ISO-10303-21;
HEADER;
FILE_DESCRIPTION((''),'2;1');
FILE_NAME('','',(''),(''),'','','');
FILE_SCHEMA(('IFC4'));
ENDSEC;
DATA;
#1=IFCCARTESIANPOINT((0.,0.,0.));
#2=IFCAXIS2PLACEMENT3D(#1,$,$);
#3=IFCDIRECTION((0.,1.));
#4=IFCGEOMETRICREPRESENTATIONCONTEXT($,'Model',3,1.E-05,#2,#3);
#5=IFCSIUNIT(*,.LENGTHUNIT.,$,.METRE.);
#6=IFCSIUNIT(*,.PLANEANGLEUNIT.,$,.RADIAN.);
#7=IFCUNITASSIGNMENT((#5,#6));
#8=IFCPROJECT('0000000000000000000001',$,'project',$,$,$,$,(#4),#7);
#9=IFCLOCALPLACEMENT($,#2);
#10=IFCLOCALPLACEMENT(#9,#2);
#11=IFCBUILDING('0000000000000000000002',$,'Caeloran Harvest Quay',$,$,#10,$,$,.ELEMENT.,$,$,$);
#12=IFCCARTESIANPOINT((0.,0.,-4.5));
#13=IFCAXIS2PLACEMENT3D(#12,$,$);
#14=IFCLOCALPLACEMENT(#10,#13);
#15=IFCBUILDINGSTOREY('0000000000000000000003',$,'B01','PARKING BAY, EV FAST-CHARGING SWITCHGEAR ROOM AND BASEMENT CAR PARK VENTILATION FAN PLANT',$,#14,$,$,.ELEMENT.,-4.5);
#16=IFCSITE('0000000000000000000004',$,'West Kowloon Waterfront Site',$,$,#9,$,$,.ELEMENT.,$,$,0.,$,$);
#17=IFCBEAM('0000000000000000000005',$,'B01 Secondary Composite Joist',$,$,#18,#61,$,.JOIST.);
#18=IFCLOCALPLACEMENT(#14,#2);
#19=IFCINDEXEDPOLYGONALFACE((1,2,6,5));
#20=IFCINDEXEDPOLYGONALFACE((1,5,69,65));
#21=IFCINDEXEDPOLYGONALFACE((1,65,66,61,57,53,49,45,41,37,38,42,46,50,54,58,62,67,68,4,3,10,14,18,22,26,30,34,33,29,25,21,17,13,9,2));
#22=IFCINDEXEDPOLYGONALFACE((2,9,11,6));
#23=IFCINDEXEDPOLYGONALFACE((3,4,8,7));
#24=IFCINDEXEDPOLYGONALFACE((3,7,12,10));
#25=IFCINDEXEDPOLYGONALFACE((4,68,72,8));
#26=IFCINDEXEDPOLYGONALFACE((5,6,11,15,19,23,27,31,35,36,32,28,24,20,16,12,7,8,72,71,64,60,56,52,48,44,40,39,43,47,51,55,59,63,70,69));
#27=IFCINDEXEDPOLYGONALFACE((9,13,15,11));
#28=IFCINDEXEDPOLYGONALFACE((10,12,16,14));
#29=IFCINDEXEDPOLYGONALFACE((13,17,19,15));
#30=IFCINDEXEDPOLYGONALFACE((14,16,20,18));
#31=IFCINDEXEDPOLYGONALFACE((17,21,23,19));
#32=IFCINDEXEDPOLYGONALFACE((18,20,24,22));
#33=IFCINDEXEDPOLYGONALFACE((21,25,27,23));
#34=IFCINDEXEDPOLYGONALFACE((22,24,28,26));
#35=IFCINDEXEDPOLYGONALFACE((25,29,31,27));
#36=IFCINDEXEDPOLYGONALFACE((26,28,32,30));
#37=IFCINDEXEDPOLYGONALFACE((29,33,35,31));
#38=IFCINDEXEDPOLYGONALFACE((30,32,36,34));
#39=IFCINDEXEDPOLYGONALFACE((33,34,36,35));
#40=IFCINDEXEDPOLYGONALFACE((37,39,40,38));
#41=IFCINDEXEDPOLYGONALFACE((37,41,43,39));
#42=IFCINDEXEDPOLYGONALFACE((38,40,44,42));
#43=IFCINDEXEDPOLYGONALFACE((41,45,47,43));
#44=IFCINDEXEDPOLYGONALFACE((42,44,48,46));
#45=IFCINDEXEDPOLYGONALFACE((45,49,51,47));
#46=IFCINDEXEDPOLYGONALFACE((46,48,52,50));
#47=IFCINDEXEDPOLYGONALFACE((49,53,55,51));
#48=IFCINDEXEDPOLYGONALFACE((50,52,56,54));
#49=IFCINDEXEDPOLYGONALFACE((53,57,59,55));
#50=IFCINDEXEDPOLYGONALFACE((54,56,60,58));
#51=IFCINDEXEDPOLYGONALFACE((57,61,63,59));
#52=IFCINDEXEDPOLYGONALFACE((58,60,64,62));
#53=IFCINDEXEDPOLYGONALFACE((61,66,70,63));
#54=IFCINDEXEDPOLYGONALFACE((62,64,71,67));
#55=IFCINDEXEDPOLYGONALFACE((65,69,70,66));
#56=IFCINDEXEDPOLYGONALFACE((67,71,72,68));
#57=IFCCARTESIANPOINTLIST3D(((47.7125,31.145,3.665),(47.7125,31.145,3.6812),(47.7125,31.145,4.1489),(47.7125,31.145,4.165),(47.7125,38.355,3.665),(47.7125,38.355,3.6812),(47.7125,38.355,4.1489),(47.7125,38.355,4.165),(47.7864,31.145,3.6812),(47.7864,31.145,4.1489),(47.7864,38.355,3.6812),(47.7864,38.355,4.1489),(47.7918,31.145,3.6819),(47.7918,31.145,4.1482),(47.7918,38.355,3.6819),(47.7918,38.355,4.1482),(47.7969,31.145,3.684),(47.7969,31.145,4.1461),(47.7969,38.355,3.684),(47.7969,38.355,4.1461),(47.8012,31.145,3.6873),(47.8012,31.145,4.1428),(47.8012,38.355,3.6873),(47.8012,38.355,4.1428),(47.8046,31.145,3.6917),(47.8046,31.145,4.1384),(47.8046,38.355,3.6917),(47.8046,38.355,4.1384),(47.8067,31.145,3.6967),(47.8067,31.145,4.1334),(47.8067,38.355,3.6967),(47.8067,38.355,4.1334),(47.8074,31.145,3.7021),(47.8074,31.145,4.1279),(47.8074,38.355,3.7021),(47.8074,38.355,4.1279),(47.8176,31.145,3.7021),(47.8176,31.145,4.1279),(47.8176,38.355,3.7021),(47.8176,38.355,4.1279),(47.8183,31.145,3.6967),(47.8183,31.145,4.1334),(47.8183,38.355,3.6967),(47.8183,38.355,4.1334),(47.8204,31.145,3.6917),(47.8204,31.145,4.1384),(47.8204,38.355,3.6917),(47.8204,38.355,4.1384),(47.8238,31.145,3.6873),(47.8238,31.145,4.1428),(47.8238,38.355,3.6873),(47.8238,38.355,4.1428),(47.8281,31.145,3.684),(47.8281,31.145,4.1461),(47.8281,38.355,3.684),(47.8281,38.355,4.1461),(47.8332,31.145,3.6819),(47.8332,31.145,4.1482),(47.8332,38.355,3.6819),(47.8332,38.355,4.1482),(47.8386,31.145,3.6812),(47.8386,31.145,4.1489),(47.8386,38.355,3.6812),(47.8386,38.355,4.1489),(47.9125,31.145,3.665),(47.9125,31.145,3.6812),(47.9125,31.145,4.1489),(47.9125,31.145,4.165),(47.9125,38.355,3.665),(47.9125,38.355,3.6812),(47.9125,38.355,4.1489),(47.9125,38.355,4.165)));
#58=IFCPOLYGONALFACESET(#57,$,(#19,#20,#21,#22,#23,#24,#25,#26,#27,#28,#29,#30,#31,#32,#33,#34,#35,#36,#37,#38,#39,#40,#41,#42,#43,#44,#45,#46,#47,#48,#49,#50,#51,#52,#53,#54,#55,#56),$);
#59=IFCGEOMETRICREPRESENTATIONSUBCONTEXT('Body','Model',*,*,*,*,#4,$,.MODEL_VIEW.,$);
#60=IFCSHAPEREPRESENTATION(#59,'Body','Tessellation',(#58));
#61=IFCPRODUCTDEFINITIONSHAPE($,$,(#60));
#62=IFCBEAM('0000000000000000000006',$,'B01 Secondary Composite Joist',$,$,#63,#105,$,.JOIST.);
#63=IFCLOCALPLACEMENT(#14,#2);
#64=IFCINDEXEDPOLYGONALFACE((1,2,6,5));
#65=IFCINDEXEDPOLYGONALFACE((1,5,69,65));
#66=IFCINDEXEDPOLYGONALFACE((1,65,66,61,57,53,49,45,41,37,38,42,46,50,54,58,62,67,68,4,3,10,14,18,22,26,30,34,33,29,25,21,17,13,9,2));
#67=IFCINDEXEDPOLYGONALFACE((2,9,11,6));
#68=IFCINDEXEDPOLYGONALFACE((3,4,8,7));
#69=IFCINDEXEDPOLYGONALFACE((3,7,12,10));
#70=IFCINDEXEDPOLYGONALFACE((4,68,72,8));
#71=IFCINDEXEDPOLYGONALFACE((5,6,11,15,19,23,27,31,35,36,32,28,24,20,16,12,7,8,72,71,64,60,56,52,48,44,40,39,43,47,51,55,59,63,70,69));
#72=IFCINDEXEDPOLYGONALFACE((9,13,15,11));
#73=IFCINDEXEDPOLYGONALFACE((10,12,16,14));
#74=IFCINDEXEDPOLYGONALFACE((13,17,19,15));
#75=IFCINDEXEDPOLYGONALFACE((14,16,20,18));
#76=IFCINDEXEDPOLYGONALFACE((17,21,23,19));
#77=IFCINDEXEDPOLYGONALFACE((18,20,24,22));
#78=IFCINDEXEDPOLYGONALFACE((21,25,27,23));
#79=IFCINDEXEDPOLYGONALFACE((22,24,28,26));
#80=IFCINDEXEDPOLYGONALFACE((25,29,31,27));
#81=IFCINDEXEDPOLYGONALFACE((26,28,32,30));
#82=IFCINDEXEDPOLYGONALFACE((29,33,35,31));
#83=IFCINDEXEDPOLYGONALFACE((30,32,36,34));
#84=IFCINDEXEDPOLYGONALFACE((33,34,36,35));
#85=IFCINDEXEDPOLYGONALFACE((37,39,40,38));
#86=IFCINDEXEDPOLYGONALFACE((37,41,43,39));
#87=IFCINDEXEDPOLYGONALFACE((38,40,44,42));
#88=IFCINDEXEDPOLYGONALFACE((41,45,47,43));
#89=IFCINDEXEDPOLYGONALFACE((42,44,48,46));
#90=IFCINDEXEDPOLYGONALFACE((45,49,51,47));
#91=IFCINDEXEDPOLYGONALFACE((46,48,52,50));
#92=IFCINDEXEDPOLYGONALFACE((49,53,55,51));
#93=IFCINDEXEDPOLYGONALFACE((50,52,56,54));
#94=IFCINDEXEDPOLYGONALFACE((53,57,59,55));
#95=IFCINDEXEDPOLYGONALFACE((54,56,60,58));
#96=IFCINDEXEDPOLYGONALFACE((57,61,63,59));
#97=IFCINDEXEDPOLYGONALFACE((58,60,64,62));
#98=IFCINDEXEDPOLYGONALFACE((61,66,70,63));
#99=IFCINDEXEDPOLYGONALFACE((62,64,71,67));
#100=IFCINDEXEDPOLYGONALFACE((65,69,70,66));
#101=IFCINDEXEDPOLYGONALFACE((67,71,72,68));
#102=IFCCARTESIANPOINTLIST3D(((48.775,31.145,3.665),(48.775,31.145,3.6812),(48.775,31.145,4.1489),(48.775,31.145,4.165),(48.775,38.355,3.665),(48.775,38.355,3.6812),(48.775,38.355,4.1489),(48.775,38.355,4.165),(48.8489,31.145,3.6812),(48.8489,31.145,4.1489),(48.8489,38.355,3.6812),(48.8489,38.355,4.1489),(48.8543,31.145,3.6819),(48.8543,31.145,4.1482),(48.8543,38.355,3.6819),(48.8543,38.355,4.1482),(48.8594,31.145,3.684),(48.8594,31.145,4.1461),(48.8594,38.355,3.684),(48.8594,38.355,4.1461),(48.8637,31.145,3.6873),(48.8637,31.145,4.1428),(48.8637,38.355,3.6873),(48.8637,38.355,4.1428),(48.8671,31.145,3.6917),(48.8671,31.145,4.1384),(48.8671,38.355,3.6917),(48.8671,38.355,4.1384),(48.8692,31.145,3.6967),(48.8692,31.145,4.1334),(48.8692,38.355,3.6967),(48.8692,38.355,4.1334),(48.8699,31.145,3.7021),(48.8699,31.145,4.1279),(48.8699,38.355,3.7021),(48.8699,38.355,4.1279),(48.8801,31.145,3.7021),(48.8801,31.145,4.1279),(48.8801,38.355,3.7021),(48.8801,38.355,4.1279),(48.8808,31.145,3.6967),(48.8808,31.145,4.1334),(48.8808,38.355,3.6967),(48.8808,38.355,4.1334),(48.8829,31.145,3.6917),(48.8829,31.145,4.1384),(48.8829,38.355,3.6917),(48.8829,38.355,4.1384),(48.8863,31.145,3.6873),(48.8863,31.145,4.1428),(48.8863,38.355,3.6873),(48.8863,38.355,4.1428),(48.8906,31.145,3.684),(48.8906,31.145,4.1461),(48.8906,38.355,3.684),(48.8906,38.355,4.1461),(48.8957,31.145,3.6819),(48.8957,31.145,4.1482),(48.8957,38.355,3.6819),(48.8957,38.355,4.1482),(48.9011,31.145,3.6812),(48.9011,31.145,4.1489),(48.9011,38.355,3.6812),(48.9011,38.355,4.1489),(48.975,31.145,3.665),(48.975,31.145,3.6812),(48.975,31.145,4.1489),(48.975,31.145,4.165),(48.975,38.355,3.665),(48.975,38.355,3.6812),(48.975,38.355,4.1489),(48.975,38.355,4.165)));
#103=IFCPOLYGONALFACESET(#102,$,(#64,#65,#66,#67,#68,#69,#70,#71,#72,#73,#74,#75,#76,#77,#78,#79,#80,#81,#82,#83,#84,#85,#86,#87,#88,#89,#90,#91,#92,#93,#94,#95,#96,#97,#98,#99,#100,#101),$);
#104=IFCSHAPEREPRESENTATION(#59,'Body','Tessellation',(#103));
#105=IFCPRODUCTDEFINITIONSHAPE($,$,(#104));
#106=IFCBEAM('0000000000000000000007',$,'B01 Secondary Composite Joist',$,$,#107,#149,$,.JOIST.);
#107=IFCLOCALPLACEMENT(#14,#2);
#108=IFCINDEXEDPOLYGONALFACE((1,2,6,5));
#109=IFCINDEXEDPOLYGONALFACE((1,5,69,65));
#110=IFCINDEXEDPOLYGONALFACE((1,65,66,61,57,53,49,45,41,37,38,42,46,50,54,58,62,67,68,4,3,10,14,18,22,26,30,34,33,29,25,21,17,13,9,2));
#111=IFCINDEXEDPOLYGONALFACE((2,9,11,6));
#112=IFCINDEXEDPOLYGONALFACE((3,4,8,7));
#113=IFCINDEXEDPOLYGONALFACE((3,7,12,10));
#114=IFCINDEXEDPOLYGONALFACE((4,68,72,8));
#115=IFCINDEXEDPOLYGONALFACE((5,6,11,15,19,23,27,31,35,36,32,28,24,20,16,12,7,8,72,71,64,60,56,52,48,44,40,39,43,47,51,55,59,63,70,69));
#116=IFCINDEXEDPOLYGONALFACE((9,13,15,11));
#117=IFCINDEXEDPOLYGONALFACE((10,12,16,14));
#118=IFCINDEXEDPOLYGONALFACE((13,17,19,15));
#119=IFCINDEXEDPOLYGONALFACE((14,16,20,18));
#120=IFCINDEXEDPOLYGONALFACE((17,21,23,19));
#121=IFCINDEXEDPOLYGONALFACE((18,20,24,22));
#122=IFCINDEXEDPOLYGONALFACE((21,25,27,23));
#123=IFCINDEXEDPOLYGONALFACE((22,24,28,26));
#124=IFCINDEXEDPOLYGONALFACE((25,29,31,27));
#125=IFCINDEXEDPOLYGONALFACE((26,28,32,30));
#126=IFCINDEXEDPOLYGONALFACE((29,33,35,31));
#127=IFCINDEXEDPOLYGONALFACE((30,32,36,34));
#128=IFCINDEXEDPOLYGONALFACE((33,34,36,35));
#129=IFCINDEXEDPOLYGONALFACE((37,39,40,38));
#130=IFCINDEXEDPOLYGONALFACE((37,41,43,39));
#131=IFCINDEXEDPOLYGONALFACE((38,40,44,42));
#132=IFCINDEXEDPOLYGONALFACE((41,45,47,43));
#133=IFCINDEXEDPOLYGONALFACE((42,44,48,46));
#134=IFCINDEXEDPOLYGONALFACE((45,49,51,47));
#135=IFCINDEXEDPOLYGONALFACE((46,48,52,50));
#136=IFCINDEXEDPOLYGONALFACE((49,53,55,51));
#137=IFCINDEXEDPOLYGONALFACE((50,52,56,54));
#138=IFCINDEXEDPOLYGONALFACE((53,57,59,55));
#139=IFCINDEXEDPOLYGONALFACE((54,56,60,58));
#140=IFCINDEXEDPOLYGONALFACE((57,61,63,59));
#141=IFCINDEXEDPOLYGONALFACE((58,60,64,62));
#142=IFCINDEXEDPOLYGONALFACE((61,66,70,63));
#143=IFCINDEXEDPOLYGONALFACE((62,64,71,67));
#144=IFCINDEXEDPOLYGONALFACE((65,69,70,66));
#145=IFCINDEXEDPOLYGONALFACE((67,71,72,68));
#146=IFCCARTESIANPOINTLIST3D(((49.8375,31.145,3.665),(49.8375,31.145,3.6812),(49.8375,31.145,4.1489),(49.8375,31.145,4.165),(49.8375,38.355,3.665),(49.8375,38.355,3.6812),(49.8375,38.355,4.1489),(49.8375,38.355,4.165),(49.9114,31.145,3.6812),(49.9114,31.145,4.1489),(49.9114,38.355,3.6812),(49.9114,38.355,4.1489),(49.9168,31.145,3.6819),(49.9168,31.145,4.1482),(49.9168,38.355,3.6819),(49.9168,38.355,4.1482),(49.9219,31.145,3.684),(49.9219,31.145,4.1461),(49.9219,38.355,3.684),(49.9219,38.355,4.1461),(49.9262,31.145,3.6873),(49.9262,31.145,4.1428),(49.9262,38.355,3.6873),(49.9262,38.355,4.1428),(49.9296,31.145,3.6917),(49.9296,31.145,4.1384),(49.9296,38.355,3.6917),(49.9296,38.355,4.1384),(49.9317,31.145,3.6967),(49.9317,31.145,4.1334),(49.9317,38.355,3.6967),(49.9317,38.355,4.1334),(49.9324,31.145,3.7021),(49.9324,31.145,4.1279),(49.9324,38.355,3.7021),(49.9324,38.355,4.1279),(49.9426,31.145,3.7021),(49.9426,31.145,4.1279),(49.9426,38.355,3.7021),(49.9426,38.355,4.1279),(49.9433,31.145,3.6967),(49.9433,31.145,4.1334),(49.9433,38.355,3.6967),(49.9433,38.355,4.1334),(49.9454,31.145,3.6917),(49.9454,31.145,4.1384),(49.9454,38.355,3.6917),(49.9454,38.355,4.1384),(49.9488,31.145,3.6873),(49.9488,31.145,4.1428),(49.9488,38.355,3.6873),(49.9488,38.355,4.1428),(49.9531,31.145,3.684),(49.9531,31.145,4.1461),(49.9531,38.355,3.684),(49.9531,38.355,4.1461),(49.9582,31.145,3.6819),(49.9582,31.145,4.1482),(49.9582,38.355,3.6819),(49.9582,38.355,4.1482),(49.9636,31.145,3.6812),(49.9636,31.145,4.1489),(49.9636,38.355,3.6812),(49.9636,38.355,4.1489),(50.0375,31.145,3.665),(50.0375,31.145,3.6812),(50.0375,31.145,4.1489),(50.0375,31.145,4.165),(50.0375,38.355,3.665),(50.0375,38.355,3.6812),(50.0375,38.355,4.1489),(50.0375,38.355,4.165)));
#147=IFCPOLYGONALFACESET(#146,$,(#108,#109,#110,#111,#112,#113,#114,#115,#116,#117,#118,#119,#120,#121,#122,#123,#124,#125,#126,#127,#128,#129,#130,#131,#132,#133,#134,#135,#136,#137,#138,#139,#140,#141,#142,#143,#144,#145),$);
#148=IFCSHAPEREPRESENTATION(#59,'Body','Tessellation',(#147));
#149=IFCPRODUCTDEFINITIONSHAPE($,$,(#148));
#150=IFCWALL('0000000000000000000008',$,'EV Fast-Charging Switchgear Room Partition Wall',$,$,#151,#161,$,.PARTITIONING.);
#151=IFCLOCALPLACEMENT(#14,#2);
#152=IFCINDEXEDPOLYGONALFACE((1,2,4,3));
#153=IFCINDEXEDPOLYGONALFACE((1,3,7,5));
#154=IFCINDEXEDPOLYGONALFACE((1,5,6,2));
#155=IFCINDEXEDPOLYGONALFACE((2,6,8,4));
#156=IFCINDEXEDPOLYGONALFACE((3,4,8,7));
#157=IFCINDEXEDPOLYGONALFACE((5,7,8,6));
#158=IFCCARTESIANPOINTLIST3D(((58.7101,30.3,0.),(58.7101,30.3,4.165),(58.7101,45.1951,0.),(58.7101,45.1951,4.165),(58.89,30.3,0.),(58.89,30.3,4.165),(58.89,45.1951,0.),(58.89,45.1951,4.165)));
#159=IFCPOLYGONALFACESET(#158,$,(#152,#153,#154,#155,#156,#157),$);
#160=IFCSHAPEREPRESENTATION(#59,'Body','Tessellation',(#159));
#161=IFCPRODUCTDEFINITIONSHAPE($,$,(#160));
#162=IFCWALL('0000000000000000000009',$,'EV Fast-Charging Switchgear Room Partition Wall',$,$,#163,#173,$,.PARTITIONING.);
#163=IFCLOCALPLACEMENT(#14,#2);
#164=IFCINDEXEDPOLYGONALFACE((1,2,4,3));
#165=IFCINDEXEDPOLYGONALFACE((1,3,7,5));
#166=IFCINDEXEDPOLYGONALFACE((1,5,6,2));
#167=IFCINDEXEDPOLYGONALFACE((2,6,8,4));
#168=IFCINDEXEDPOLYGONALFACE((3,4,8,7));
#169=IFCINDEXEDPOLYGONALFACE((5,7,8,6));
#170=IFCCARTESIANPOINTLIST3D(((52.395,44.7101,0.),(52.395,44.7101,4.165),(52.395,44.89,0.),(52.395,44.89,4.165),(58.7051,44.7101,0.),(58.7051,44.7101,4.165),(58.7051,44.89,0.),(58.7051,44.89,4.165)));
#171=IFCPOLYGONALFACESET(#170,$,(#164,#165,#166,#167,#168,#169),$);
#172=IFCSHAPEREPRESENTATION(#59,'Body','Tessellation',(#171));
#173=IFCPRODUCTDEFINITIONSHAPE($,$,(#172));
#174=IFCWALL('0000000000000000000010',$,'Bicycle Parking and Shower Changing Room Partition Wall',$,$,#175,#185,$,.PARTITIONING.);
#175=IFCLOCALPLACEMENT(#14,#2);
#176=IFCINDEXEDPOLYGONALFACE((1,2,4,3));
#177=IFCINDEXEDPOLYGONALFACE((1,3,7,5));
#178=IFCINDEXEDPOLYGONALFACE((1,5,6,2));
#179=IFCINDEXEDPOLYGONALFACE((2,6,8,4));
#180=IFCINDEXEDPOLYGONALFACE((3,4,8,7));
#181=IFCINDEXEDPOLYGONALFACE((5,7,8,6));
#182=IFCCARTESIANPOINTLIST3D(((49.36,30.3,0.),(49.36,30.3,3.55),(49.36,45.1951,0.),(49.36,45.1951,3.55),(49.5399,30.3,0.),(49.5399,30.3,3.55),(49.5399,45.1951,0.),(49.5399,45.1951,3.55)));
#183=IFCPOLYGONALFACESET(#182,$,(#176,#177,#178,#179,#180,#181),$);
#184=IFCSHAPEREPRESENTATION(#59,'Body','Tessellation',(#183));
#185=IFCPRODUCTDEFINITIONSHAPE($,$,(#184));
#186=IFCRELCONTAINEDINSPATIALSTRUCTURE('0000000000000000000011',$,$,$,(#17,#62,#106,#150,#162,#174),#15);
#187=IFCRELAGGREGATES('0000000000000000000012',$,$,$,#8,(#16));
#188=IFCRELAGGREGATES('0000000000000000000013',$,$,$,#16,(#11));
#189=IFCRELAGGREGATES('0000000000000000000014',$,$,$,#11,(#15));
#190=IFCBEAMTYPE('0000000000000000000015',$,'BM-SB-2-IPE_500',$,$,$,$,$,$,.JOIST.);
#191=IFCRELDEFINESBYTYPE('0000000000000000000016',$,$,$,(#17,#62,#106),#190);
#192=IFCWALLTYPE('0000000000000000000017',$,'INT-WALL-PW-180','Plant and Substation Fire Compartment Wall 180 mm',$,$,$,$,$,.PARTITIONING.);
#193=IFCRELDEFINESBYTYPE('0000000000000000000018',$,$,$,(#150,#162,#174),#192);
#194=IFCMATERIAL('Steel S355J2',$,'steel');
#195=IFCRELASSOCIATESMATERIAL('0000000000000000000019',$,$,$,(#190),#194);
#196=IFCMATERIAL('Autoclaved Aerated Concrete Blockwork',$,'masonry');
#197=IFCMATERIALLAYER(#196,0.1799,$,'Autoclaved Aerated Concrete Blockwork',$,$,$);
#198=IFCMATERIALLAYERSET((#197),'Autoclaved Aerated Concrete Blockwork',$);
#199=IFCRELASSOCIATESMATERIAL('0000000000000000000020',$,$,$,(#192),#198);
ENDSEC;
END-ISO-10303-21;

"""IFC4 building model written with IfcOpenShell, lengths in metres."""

from ifc_helpers import new_model, si_unit, direction, frame, frame_2d, origin, origin_2d, place, context, subcontext, project, spatial, rectangle, i_section, extrude, material, layer, layer_set, material_profile, profile_set, type_object, element, save


model = new_model("IFC4")

# Units and contexts
model_context = context("Model", 3, precision=1e-05, world=origin(), true_north=direction((0.0, 1.0)))
body_context = subcontext(model_context, "Body", "Model", "MODEL_VIEW")
ifc_project = project(units=[si_unit("LENGTHUNIT", "METRE"), si_unit("PLANEANGLEUNIT", "RADIAN")], contexts=[model_context])

# Site, building, storey
site_placement = place(None, origin())
site = spatial("IfcSite", under=ifc_project, at=site_placement, Name="West Kowloon Waterfront Site", CompositionType="ELEMENT", RefElevation=0.0)
building_placement = place(site_placement, origin())
building = spatial("IfcBuilding", under=site, at=building_placement, Name="Caeloran Harvest Quay", CompositionType="ELEMENT")
storey_placement = place(building_placement, frame((0.0, 0.0, -4.5)))
storey = spatial("IfcBuildingStorey", under=building, at=storey_placement, Name="B01", Description="PARKING BAY, EV FAST-CHARGING SWITCHGEAR ROOM AND BASEMENT CAR PARK VENTILATION FAN PLANT", CompositionType="ELEMENT", Elevation=-4.5)

# Beams
ifc_material_1 = material(Name="Steel S355J2", Category="steel")
ifc_material_profile_1 = material_profile(ifc_material_1, i_section(OverallWidth=0.2, OverallDepth=0.5, WebThickness=0.0103, FlangeThickness=0.0161, FilletRadius=0.021, at=origin_2d()), Name="IPE 500")
ifc_profile_set_1 = profile_set([ifc_material_profile_1], Name="Steel S355J2")
beam_type_1 = type_object("IfcBeamType", Name="BM-SB-2-IPE_500", PredefinedType="JOIST", material=ifc_profile_set_1)
for number, where, z_axis, x_axis, name in (
    (1, (47.8125, 31.145, 3.915), (0.0, 1.0, 0.0), (-1.0, 0.0, 0.0), "B01 Secondary Composite Joist"),
    (2, (48.875, 31.145, 3.915), (0.0, 1.0, 0.0), (-1.0, 0.0, 0.0), "B01 Secondary Composite Joist"),
    (3, (49.9375, 31.145, 3.915), (0.0, 1.0, 0.0), (-1.0, 0.0, 0.0), "B01 Secondary Composite Joist"),
):
    element("IfcBeam", number, at=place(storey_placement, frame(where, z_axis=z_axis, x_axis=x_axis)), inside=storey, type_object=beam_type_1, Name=name, PredefinedType="JOIST", context=body_context, shape_type="SweptSolid", body=[
        extrude(i_section(OverallWidth=0.2, OverallDepth=0.5, WebThickness=0.0103, FlangeThickness=0.0161, FilletRadius=0.021, at=origin_2d()), origin(), (0.0, 0.0, 1.0), 7.21),
    ])

# Walls
ifc_material_2 = material(Name="Autoclaved Aerated Concrete Blockwork", Category="masonry")
ifc_layer = layer(ifc_material_2, 0.1799, Name="Autoclaved Aerated Concrete Blockwork")
ifc_layer_set = layer_set([ifc_layer], Name="Autoclaved Aerated Concrete Blockwork")
wall_type = type_object("IfcWallType", Name="INT-WALL-PW-180", Description="Plant and Substation Fire Compartment Wall 180 mm", PredefinedType="PARTITIONING", material=ifc_layer_set)
wall_1_placement = place(storey_placement, frame((58.8, 45.1951, 0.0), z_axis=(0.0, 0.0, 1.0), x_axis=(0.0, -1.0, 0.0)))
element("IfcWall", 4, at=wall_1_placement, inside=storey, type_object=wall_type, Name="EV Fast-Charging Switchgear Room Partition Wall", PredefinedType="PARTITIONING", context=body_context, shape_type="SweptSolid", body=[
    extrude(rectangle(XDim=14.895, YDim=0.1799, at=frame_2d((7.4475, 0.0))), origin(), (0.0, 0.0, 1.0), 4.165),
])
wall_2_placement = place(storey_placement, frame((52.395, 44.8, 0.0), z_axis=(0.0, 0.0, 1.0), x_axis=(1.0, 0.0, 0.0)))
element("IfcWall", 5, at=wall_2_placement, inside=storey, type_object=wall_type, Name="EV Fast-Charging Switchgear Room Partition Wall", PredefinedType="PARTITIONING", context=body_context, shape_type="SweptSolid", body=[
    extrude(rectangle(XDim=6.3101, YDim=0.1799, at=frame_2d((3.155, 0.0))), origin(), (0.0, 0.0, 1.0), 4.165),
])
wall_3_placement = place(storey_placement, frame((49.45, 45.1951, 0.0), z_axis=(0.0, 0.0, 1.0), x_axis=(0.0, -1.0, 0.0)))
element("IfcWall", 6, at=wall_3_placement, inside=storey, type_object=wall_type, Name="Bicycle Parking and Shower Changing Room Partition Wall", PredefinedType="PARTITIONING", context=body_context, shape_type="SweptSolid", body=[
    extrude(rectangle(XDim=14.895, YDim=0.1799, at=frame_2d((7.4475, 0.0))), origin(), (0.0, 0.0, 1.0), 3.55),
])

save(model, "model.ifc")
